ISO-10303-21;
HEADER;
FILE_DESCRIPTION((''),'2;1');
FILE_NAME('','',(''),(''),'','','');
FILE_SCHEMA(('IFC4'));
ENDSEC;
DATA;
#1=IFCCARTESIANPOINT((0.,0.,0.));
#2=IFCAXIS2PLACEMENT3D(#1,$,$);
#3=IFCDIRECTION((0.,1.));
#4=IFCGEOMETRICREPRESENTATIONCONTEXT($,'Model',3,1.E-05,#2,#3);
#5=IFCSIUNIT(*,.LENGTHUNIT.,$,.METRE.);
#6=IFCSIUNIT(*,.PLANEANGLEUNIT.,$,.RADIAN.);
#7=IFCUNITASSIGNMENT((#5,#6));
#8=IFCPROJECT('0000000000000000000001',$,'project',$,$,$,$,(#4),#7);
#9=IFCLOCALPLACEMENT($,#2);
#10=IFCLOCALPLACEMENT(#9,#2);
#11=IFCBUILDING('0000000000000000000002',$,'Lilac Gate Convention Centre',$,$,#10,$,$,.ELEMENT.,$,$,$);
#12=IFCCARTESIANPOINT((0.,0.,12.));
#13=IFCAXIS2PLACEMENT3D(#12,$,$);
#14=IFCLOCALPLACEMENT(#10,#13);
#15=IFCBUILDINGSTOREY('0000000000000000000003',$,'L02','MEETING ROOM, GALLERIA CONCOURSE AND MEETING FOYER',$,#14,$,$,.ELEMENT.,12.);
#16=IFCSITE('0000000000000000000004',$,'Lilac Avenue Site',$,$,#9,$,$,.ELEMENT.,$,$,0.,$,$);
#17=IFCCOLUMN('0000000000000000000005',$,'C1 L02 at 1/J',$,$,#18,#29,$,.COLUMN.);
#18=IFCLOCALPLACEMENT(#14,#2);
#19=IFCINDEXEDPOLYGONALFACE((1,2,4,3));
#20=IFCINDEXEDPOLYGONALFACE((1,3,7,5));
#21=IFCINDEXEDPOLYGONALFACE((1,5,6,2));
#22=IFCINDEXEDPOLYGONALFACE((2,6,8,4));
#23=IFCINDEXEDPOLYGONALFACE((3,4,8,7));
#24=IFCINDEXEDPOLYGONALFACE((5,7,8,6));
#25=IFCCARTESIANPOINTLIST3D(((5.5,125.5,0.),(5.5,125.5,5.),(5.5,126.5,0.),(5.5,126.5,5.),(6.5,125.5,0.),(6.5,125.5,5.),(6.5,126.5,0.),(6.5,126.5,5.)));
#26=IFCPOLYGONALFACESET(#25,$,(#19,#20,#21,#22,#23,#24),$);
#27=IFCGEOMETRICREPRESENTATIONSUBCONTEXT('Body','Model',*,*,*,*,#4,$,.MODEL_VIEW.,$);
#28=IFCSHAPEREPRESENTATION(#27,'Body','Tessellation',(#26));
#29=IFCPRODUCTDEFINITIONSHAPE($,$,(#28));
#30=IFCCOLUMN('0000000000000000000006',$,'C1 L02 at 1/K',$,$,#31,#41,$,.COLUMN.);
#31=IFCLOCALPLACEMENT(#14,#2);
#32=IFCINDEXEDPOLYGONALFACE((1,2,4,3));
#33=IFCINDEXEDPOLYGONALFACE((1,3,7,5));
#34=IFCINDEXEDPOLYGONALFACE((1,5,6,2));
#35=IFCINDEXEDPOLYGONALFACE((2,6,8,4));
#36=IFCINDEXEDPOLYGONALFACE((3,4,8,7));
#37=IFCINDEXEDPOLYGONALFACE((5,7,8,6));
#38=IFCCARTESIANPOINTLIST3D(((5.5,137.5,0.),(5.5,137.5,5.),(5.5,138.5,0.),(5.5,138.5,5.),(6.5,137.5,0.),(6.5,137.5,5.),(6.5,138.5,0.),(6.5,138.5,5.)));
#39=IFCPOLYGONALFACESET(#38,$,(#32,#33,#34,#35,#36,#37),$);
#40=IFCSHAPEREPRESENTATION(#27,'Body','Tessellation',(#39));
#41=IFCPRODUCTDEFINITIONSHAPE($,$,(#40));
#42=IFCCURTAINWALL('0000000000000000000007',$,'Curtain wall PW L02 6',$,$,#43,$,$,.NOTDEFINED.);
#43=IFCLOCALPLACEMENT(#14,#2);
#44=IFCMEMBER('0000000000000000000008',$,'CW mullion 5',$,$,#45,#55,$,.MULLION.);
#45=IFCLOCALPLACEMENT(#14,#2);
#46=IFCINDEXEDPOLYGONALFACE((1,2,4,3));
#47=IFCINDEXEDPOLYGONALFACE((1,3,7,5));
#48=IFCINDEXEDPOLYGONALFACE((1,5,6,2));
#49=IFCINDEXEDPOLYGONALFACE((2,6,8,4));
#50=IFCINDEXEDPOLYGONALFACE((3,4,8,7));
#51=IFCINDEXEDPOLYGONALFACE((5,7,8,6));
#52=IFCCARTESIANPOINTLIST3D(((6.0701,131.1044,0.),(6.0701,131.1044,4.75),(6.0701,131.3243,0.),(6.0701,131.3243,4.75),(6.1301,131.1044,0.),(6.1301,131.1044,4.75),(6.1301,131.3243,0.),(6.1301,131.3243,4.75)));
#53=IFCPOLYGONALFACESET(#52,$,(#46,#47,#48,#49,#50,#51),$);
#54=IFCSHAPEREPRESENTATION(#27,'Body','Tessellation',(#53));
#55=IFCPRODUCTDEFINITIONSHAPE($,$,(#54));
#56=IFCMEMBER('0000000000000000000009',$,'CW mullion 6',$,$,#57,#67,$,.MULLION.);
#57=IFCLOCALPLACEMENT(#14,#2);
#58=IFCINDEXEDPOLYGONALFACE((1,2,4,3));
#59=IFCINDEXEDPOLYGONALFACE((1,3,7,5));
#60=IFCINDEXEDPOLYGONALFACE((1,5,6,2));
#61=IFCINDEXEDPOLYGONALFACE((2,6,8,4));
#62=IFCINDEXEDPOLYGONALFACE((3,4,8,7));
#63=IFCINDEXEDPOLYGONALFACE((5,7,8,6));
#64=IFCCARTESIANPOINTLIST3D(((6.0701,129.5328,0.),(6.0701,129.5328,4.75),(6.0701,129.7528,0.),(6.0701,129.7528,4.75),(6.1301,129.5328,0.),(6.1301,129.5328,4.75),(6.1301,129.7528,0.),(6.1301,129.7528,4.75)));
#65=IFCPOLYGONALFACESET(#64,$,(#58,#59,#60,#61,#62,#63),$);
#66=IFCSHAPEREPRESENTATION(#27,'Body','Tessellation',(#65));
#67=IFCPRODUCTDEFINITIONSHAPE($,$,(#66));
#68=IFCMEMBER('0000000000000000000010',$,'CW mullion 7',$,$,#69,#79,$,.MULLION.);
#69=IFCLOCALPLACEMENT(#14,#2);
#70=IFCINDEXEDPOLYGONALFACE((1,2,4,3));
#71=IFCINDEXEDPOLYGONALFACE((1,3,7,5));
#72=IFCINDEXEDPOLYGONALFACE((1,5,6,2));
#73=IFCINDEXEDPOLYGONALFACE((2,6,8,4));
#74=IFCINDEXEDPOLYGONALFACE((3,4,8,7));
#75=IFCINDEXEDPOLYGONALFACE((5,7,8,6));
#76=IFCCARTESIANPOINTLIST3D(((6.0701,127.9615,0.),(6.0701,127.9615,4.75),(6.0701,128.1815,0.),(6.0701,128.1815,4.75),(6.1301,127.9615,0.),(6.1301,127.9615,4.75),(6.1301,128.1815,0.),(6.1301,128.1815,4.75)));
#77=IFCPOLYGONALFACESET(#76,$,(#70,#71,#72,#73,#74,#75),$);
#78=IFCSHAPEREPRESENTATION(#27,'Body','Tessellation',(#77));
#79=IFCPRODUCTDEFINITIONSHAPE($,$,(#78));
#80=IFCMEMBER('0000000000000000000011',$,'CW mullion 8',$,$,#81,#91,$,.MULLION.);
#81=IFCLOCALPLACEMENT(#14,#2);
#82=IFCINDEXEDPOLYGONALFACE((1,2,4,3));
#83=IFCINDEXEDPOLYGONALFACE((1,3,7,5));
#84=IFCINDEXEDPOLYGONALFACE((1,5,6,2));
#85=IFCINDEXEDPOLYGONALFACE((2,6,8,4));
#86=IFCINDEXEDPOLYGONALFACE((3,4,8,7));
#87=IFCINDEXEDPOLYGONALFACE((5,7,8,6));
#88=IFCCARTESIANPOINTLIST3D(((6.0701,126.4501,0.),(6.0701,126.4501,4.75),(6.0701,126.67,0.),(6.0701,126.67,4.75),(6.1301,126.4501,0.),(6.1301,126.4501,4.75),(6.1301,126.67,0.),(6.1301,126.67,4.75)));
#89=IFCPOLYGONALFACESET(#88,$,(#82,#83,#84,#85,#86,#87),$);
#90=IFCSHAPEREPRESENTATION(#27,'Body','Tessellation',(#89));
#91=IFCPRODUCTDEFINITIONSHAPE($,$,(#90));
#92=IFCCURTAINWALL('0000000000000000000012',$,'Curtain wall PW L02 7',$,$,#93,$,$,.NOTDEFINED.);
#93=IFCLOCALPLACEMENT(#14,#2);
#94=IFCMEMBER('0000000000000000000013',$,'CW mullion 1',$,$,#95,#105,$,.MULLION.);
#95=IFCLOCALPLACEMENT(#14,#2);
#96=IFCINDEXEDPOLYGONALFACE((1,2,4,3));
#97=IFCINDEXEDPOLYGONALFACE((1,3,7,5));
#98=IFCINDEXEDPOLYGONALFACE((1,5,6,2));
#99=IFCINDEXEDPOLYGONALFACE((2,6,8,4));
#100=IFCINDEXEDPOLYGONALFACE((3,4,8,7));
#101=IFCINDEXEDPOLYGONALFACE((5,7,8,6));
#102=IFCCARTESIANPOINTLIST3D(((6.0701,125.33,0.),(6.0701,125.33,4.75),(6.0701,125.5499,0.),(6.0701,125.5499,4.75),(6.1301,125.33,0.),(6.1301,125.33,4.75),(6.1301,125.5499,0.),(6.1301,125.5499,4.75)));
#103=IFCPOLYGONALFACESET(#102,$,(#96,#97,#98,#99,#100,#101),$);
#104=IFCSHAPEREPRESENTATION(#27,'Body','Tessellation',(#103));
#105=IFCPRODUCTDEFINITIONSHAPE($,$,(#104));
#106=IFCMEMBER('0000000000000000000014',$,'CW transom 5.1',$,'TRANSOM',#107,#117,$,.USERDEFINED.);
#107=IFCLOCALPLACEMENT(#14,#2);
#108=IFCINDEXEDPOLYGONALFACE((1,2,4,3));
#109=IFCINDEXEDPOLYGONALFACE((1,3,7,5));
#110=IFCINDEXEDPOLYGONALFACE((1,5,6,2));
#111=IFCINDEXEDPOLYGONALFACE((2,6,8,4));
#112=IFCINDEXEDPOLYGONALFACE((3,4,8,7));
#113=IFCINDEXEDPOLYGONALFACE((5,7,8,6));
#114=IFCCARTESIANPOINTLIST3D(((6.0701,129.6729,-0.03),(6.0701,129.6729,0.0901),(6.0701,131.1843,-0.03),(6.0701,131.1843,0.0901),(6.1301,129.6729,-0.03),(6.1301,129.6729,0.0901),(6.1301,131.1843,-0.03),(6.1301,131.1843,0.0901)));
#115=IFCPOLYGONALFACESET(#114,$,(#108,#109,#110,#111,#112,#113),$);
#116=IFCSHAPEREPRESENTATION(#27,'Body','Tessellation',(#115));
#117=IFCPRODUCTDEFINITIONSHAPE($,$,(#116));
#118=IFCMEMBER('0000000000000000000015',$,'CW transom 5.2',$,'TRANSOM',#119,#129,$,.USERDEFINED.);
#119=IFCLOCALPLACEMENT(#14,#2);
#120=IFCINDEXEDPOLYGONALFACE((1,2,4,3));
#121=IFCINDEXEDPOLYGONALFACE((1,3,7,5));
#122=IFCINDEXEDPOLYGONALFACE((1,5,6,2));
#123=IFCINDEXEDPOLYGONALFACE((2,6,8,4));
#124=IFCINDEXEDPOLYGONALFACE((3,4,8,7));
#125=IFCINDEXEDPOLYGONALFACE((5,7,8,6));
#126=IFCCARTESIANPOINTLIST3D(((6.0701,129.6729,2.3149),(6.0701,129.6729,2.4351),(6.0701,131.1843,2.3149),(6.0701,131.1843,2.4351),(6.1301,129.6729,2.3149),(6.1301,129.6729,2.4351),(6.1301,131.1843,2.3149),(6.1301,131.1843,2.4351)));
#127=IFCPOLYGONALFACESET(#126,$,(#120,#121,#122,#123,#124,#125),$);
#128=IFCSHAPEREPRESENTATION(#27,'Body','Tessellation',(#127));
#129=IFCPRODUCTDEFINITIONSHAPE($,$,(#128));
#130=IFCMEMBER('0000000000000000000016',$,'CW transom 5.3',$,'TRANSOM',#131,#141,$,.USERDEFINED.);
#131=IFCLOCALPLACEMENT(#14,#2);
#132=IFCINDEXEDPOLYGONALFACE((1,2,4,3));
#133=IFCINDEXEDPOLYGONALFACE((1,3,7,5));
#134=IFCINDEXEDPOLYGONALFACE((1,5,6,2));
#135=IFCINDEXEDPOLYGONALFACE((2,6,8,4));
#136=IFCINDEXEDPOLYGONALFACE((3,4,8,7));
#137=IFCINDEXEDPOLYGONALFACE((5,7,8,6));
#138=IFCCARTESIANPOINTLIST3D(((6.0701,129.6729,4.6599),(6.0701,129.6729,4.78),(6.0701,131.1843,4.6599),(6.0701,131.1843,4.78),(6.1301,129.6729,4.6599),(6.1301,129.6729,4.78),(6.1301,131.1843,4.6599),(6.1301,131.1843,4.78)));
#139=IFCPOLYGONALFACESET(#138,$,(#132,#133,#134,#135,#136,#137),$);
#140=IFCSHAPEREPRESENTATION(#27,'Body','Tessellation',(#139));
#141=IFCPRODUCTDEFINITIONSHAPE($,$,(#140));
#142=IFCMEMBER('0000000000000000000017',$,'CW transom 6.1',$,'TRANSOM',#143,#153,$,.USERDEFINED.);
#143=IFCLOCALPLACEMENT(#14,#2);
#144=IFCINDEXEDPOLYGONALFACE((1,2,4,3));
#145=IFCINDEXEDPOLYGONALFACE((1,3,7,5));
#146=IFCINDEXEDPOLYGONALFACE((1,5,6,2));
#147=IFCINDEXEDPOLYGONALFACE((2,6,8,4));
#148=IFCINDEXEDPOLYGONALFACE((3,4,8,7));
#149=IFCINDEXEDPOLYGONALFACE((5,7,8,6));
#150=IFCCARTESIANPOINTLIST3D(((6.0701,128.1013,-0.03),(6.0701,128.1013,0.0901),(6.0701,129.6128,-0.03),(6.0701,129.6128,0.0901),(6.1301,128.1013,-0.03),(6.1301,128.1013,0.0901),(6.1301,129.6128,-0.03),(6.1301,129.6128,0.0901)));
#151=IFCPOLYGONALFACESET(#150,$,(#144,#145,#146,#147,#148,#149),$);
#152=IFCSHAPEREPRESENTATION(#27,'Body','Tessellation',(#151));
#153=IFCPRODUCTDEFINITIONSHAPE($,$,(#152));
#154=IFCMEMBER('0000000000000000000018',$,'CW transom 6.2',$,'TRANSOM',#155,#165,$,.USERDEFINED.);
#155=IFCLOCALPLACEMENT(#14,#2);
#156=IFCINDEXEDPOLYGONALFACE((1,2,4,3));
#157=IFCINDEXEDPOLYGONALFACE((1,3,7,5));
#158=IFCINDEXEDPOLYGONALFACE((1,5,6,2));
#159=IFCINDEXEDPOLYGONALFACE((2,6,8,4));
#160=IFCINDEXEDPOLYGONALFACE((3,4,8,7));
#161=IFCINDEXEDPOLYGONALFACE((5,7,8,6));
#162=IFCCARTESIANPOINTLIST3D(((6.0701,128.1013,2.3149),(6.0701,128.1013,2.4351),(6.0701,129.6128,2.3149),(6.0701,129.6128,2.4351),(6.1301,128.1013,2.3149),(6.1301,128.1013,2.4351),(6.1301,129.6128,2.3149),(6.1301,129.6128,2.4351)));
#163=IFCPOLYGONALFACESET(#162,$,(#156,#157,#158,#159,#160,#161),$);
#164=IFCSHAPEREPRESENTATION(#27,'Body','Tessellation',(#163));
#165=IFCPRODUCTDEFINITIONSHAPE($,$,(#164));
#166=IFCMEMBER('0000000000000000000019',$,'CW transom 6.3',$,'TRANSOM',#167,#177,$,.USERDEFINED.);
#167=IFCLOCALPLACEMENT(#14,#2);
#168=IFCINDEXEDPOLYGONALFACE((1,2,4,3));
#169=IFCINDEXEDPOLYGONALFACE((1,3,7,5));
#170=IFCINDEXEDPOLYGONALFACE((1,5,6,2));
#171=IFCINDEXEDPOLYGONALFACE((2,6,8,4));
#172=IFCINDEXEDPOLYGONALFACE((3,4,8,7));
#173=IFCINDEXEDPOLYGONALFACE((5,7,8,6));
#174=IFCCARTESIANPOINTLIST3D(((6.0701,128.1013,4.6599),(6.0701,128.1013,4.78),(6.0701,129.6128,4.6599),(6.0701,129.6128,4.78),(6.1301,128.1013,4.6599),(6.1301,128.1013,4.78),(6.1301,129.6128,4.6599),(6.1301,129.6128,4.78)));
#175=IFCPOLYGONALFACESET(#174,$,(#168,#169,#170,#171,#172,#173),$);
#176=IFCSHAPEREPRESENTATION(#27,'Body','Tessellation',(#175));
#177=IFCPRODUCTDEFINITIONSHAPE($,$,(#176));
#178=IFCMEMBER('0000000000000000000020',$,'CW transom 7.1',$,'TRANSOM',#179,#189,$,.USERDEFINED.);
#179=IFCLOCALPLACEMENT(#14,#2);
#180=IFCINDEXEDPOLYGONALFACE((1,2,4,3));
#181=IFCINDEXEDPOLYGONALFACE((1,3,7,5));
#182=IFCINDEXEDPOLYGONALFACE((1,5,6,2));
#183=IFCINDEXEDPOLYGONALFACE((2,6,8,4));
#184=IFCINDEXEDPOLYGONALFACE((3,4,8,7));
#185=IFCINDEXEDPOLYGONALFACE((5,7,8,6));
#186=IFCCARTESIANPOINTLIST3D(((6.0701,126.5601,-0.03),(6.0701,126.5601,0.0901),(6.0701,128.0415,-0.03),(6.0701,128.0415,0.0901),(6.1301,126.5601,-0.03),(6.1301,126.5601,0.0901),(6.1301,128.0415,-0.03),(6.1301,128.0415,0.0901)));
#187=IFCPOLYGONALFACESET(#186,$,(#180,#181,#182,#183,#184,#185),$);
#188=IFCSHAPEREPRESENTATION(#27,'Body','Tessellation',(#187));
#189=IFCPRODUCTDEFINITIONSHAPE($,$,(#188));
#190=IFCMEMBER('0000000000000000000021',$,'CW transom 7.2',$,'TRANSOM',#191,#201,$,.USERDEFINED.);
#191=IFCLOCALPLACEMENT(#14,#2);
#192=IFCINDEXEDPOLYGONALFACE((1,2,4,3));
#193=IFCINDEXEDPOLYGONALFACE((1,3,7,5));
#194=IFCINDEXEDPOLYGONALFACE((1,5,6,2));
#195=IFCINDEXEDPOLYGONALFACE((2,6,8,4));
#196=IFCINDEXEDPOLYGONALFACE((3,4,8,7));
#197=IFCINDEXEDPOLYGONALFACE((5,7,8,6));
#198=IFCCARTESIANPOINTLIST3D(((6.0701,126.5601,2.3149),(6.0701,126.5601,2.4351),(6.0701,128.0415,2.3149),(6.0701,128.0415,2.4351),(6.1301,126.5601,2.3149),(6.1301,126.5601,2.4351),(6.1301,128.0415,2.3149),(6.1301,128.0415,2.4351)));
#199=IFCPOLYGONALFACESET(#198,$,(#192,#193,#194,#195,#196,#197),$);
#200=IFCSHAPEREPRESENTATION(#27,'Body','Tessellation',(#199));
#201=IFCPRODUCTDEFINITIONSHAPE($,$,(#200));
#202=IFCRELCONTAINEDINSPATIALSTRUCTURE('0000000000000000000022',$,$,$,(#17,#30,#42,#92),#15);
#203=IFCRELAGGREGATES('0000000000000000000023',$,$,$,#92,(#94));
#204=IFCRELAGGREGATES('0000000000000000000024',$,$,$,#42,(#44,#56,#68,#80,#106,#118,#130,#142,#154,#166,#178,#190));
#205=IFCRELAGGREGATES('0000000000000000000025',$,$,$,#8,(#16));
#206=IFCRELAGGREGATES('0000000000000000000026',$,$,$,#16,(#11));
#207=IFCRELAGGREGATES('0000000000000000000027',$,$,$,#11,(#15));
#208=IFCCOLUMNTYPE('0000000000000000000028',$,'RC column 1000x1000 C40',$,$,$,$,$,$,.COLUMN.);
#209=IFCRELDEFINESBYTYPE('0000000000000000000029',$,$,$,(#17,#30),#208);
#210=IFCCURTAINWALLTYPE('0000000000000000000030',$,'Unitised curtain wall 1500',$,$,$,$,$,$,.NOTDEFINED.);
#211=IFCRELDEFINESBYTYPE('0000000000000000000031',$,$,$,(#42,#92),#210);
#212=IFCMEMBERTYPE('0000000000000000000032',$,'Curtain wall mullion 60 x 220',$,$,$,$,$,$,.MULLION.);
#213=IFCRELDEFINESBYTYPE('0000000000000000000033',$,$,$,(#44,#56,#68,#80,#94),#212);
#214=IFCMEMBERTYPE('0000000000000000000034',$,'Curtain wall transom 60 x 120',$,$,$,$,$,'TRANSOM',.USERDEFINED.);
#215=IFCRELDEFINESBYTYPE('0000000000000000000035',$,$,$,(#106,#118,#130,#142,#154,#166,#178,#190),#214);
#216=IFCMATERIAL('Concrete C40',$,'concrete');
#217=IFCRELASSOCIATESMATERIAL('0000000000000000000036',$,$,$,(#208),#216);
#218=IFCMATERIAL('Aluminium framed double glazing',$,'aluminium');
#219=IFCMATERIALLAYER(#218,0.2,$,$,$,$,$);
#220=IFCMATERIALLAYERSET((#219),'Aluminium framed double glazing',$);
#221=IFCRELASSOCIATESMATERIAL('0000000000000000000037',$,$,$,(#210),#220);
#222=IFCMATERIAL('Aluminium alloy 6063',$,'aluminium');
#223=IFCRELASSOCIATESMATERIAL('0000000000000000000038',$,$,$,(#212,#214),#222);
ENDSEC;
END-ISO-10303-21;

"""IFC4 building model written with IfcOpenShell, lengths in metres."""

from ifc_helpers import new_model, si_unit, direction, frame, origin, origin_2d, place, context, subcontext, project, spatial, rectangle, extrude, material, layer, layer_set, material_profile, profile_set, type_object, element, aggregate, save


model = new_model("IFC4")

# Units and contexts
model_context = context("Model", 3, precision=1e-05, world=origin(), true_north=direction((0.0, 1.0)))
body_context = subcontext(model_context, "Body", "Model", "MODEL_VIEW")
ifc_project = project(units=[si_unit("LENGTHUNIT", "METRE"), si_unit("PLANEANGLEUNIT", "RADIAN")], contexts=[model_context])

# Site, building, storey
site_placement = place(None, origin())
site = spatial("IfcSite", under=ifc_project, at=site_placement, Name="Lilac Avenue Site", CompositionType="ELEMENT", RefElevation=0.0)
building_placement = place(site_placement, origin())
building = spatial("IfcBuilding", under=site, at=building_placement, Name="Lilac Gate Convention Centre", CompositionType="ELEMENT")
storey_placement = place(building_placement, frame((0.0, 0.0, 12.0)))
storey = spatial("IfcBuildingStorey", under=building, at=storey_placement, Name="L02", Description="MEETING ROOM, GALLERIA CONCOURSE AND MEETING FOYER", CompositionType="ELEMENT", Elevation=12.0)

# Columns
ifc_material_1 = material(Name="Concrete C40", Category="concrete")
ifc_material_profile_1 = material_profile(ifc_material_1, rectangle(XDim=1.0, YDim=1.0, at=origin_2d()), Name="RC 1000x1000")
ifc_profile_set_1 = profile_set([ifc_material_profile_1], Name="Concrete C40")
column_type = type_object("IfcColumnType", Name="RC column 1000x1000 C40", PredefinedType="COLUMN", material=ifc_profile_set_1)
for number, where, z_axis, x_axis, name in (
    (1, (6.0, 126.0, 0.0), (0.0, 0.0, 1.0), (1.0, 0.0, 0.0), "C1 L02 at 1/J"),
    (2, (6.0, 138.0, 0.0), (0.0, 0.0, 1.0), (1.0, 0.0, 0.0), "C1 L02 at 1/K"),
):
    element("IfcColumn", number, at=place(storey_placement, frame(where, z_axis=z_axis, x_axis=x_axis)), inside=storey, type_object=column_type, Name=name, PredefinedType="COLUMN", context=body_context, shape_type="SweptSolid", body=[
        extrude(rectangle(XDim=1.0, YDim=1.0, at=origin_2d()), origin(), (0.0, 0.0, 1.0), 5.0),
    ])

# Curtain wall, members
ifc_material_2 = material(Name="Aluminium framed double glazing", Category="aluminium")
ifc_layer_1 = layer(ifc_material_2, 0.2)
ifc_layer_set_1 = layer_set([ifc_layer_1], Name="Aluminium framed double glazing")
curtain_wall_type = type_object("IfcCurtainWallType", Name="Unitised curtain wall 1500", PredefinedType="NOTDEFINED", material=ifc_layer_set_1)
curtain_wall_1_placement = place(storey_placement, origin())
curtain_wall_1 = element("IfcCurtainWall", 3, at=curtain_wall_1_placement, inside=storey, type_object=curtain_wall_type, Name="Curtain wall PW L02 6", PredefinedType="NOTDEFINED")
ifc_material_3 = material(Name="Aluminium alloy 6063", Category="aluminium")
ifc_material_profile_2 = material_profile(ifc_material_3, rectangle(XDim=0.0601, YDim=0.22, at=origin_2d()), Name="Curtain wall mullion 60 x 220")
ifc_profile_set_2 = profile_set([ifc_material_profile_2], Name="Aluminium alloy 6063")
member_type_1 = type_object("IfcMemberType", Name="Curtain wall mullion 60 x 220", PredefinedType="MULLION", material=ifc_profile_set_2)
member_1_placement = place(storey_placement, frame((6.1001, 131.2144, 0.0), z_axis=(0.0, 0.0, 1.0), x_axis=(1.0, 0.0, 0.0)))
member_1 = element("IfcMember", 4, at=member_1_placement, type_object=member_type_1, Name="CW mullion 5", PredefinedType="MULLION", context=body_context, shape_type="SweptSolid", body=[
    extrude(rectangle(XDim=0.0601, YDim=0.22, at=origin_2d()), origin(), (0.0, 0.0, 1.0), 4.75),
])
member_2_placement = place(storey_placement, frame((6.1001, 129.6428, 0.0), z_axis=(0.0, 0.0, 1.0), x_axis=(1.0, 0.0, 0.0)))
member_2 = element("IfcMember", 5, at=member_2_placement, type_object=member_type_1, Name="CW mullion 6", PredefinedType="MULLION", context=body_context, shape_type="SweptSolid", body=[
    extrude(rectangle(XDim=0.0601, YDim=0.22, at=origin_2d()), origin(), (0.0, 0.0, 1.0), 4.75),
])
member_3_placement = place(storey_placement, frame((6.1001, 128.0715, 0.0), z_axis=(0.0, 0.0, 1.0), x_axis=(1.0, 0.0, 0.0)))
member_3 = element("IfcMember", 6, at=member_3_placement, type_object=member_type_1, Name="CW mullion 7", PredefinedType="MULLION", context=body_context, shape_type="SweptSolid", body=[
    extrude(rectangle(XDim=0.0601, YDim=0.22, at=origin_2d()), origin(), (0.0, 0.0, 1.0), 4.75),
])
member_4_placement = place(storey_placement, frame((6.1001, 126.5601, 0.0), z_axis=(0.0, 0.0, 1.0), x_axis=(1.0, 0.0, 0.0)))
member_4 = element("IfcMember", 7, at=member_4_placement, type_object=member_type_1, Name="CW mullion 8", PredefinedType="MULLION", context=body_context, shape_type="SweptSolid", body=[
    extrude(rectangle(XDim=0.0601, YDim=0.22, at=origin_2d()), origin(), (0.0, 0.0, 1.0), 4.75),
])

# Curtain wall, member
curtain_wall_2_placement = place(storey_placement, origin())
curtain_wall_2 = element("IfcCurtainWall", 8, at=curtain_wall_2_placement, inside=storey, type_object=curtain_wall_type, Name="Curtain wall PW L02 7", PredefinedType="NOTDEFINED")
member_5_placement = place(storey_placement, frame((6.1001, 125.4399, 0.0), z_axis=(0.0, 0.0, 1.0), x_axis=(1.0, 0.0, 0.0)))
member_5 = element("IfcMember", 9, at=member_5_placement, type_object=member_type_1, Name="CW mullion 1", PredefinedType="MULLION", context=body_context, shape_type="SweptSolid", body=[
    extrude(rectangle(XDim=0.0601, YDim=0.22, at=origin_2d()), origin(), (0.0, 0.0, 1.0), 4.75),
])

# Members
ifc_material_profile_3 = material_profile(ifc_material_3, rectangle(XDim=0.0601, YDim=0.1201, at=origin_2d()), Name="Curtain wall transom 60 x 120")
ifc_profile_set_3 = profile_set([ifc_material_profile_3], Name="Aluminium alloy 6063")
member_type_2 = type_object("IfcMemberType", Name="Curtain wall transom 60 x 120", ElementType="TRANSOM", PredefinedType="USERDEFINED", material=ifc_profile_set_3)
member_6_placement = place(storey_placement, frame((6.1001, 131.1843, 0.03), z_axis=(0.0, -1.0, 0.0), x_axis=(1.0, 0.0, 0.0)))
member_6 = element("IfcMember", 10, at=member_6_placement, type_object=member_type_2, Name="CW transom 5.1", ObjectType="TRANSOM", PredefinedType="USERDEFINED", context=body_context, shape_type="SweptSolid", body=[
    extrude(rectangle(XDim=0.0601, YDim=0.1201, at=origin_2d()), origin(), (0.0, 0.0, 1.0), 1.5115),
])
member_7_placement = place(storey_placement, frame((6.1001, 131.1843, 2.375), z_axis=(0.0, -1.0, 0.0), x_axis=(1.0, 0.0, 0.0)))
member_7 = element("IfcMember", 11, at=member_7_placement, type_object=member_type_2, Name="CW transom 5.2", ObjectType="TRANSOM", PredefinedType="USERDEFINED", context=body_context, shape_type="SweptSolid", body=[
    extrude(rectangle(XDim=0.0601, YDim=0.1201, at=origin_2d()), origin(), (0.0, 0.0, 1.0), 1.5115),
])
member_8_placement = place(storey_placement, frame((6.1001, 131.1843, 4.72), z_axis=(0.0, -1.0, 0.0), x_axis=(1.0, 0.0, 0.0)))
member_8 = element("IfcMember", 12, at=member_8_placement, type_object=member_type_2, Name="CW transom 5.3", ObjectType="TRANSOM", PredefinedType="USERDEFINED", context=body_context, shape_type="SweptSolid", body=[
    extrude(rectangle(XDim=0.0601, YDim=0.1201, at=origin_2d()), origin(), (0.0, 0.0, 1.0), 1.5115),
])
member_9_placement = place(storey_placement, frame((6.1001, 129.6128, 0.03), z_axis=(0.0, -1.0, 0.0), x_axis=(1.0, 0.0, 0.0)))
member_9 = element("IfcMember", 13, at=member_9_placement, type_object=member_type_2, Name="CW transom 6.1", ObjectType="TRANSOM", PredefinedType="USERDEFINED", context=body_context, shape_type="SweptSolid", body=[
    extrude(rectangle(XDim=0.0601, YDim=0.1201, at=origin_2d()), origin(), (0.0, 0.0, 1.0), 1.5115),
])
member_10_placement = place(storey_placement, frame((6.1001, 129.6128, 2.375), z_axis=(0.0, -1.0, 0.0), x_axis=(1.0, 0.0, 0.0)))
member_10 = element("IfcMember", 14, at=member_10_placement, type_object=member_type_2, Name="CW transom 6.2", ObjectType="TRANSOM", PredefinedType="USERDEFINED", context=body_context, shape_type="SweptSolid", body=[
    extrude(rectangle(XDim=0.0601, YDim=0.1201, at=origin_2d()), origin(), (0.0, 0.0, 1.0), 1.5115),
])
member_11_placement = place(storey_placement, frame((6.1001, 129.6128, 4.72), z_axis=(0.0, -1.0, 0.0), x_axis=(1.0, 0.0, 0.0)))
member_11 = element("IfcMember", 15, at=member_11_placement, type_object=member_type_2, Name="CW transom 6.3", ObjectType="TRANSOM", PredefinedType="USERDEFINED", context=body_context, shape_type="SweptSolid", body=[
    extrude(rectangle(XDim=0.0601, YDim=0.1201, at=origin_2d()), origin(), (0.0, 0.0, 1.0), 1.5115),
])
member_12_placement = place(storey_placement, frame((6.1001, 128.0415, 0.03), z_axis=(0.0, -1.0, 0.0), x_axis=(1.0, 0.0, 0.0)))
member_12 = element("IfcMember", 16, at=member_12_placement, type_object=member_type_2, Name="CW transom 7.1", ObjectType="TRANSOM", PredefinedType="USERDEFINED", context=body_context, shape_type="SweptSolid", body=[
    extrude(rectangle(XDim=0.0601, YDim=0.1201, at=origin_2d()), origin(), (0.0, 0.0, 1.0), 1.4814),
])
member_13_placement = place(storey_placement, frame((6.1001, 128.0415, 2.375), z_axis=(0.0, -1.0, 0.0), x_axis=(1.0, 0.0, 0.0)))
member_13 = element("IfcMember", 17, at=member_13_placement, type_object=member_type_2, Name="CW transom 7.2", ObjectType="TRANSOM", PredefinedType="USERDEFINED", context=body_context, shape_type="SweptSolid", body=[
    extrude(rectangle(XDim=0.0601, YDim=0.1201, at=origin_2d()), origin(), (0.0, 0.0, 1.0), 1.4814),
])
aggregate(curtain_wall_2, [member_5])

aggregate(curtain_wall_1, [member_1, member_2, member_3, member_4, member_6, member_7, member_8, member_9, member_10, member_11, member_12, member_13])

save(model, "model.ifc")
